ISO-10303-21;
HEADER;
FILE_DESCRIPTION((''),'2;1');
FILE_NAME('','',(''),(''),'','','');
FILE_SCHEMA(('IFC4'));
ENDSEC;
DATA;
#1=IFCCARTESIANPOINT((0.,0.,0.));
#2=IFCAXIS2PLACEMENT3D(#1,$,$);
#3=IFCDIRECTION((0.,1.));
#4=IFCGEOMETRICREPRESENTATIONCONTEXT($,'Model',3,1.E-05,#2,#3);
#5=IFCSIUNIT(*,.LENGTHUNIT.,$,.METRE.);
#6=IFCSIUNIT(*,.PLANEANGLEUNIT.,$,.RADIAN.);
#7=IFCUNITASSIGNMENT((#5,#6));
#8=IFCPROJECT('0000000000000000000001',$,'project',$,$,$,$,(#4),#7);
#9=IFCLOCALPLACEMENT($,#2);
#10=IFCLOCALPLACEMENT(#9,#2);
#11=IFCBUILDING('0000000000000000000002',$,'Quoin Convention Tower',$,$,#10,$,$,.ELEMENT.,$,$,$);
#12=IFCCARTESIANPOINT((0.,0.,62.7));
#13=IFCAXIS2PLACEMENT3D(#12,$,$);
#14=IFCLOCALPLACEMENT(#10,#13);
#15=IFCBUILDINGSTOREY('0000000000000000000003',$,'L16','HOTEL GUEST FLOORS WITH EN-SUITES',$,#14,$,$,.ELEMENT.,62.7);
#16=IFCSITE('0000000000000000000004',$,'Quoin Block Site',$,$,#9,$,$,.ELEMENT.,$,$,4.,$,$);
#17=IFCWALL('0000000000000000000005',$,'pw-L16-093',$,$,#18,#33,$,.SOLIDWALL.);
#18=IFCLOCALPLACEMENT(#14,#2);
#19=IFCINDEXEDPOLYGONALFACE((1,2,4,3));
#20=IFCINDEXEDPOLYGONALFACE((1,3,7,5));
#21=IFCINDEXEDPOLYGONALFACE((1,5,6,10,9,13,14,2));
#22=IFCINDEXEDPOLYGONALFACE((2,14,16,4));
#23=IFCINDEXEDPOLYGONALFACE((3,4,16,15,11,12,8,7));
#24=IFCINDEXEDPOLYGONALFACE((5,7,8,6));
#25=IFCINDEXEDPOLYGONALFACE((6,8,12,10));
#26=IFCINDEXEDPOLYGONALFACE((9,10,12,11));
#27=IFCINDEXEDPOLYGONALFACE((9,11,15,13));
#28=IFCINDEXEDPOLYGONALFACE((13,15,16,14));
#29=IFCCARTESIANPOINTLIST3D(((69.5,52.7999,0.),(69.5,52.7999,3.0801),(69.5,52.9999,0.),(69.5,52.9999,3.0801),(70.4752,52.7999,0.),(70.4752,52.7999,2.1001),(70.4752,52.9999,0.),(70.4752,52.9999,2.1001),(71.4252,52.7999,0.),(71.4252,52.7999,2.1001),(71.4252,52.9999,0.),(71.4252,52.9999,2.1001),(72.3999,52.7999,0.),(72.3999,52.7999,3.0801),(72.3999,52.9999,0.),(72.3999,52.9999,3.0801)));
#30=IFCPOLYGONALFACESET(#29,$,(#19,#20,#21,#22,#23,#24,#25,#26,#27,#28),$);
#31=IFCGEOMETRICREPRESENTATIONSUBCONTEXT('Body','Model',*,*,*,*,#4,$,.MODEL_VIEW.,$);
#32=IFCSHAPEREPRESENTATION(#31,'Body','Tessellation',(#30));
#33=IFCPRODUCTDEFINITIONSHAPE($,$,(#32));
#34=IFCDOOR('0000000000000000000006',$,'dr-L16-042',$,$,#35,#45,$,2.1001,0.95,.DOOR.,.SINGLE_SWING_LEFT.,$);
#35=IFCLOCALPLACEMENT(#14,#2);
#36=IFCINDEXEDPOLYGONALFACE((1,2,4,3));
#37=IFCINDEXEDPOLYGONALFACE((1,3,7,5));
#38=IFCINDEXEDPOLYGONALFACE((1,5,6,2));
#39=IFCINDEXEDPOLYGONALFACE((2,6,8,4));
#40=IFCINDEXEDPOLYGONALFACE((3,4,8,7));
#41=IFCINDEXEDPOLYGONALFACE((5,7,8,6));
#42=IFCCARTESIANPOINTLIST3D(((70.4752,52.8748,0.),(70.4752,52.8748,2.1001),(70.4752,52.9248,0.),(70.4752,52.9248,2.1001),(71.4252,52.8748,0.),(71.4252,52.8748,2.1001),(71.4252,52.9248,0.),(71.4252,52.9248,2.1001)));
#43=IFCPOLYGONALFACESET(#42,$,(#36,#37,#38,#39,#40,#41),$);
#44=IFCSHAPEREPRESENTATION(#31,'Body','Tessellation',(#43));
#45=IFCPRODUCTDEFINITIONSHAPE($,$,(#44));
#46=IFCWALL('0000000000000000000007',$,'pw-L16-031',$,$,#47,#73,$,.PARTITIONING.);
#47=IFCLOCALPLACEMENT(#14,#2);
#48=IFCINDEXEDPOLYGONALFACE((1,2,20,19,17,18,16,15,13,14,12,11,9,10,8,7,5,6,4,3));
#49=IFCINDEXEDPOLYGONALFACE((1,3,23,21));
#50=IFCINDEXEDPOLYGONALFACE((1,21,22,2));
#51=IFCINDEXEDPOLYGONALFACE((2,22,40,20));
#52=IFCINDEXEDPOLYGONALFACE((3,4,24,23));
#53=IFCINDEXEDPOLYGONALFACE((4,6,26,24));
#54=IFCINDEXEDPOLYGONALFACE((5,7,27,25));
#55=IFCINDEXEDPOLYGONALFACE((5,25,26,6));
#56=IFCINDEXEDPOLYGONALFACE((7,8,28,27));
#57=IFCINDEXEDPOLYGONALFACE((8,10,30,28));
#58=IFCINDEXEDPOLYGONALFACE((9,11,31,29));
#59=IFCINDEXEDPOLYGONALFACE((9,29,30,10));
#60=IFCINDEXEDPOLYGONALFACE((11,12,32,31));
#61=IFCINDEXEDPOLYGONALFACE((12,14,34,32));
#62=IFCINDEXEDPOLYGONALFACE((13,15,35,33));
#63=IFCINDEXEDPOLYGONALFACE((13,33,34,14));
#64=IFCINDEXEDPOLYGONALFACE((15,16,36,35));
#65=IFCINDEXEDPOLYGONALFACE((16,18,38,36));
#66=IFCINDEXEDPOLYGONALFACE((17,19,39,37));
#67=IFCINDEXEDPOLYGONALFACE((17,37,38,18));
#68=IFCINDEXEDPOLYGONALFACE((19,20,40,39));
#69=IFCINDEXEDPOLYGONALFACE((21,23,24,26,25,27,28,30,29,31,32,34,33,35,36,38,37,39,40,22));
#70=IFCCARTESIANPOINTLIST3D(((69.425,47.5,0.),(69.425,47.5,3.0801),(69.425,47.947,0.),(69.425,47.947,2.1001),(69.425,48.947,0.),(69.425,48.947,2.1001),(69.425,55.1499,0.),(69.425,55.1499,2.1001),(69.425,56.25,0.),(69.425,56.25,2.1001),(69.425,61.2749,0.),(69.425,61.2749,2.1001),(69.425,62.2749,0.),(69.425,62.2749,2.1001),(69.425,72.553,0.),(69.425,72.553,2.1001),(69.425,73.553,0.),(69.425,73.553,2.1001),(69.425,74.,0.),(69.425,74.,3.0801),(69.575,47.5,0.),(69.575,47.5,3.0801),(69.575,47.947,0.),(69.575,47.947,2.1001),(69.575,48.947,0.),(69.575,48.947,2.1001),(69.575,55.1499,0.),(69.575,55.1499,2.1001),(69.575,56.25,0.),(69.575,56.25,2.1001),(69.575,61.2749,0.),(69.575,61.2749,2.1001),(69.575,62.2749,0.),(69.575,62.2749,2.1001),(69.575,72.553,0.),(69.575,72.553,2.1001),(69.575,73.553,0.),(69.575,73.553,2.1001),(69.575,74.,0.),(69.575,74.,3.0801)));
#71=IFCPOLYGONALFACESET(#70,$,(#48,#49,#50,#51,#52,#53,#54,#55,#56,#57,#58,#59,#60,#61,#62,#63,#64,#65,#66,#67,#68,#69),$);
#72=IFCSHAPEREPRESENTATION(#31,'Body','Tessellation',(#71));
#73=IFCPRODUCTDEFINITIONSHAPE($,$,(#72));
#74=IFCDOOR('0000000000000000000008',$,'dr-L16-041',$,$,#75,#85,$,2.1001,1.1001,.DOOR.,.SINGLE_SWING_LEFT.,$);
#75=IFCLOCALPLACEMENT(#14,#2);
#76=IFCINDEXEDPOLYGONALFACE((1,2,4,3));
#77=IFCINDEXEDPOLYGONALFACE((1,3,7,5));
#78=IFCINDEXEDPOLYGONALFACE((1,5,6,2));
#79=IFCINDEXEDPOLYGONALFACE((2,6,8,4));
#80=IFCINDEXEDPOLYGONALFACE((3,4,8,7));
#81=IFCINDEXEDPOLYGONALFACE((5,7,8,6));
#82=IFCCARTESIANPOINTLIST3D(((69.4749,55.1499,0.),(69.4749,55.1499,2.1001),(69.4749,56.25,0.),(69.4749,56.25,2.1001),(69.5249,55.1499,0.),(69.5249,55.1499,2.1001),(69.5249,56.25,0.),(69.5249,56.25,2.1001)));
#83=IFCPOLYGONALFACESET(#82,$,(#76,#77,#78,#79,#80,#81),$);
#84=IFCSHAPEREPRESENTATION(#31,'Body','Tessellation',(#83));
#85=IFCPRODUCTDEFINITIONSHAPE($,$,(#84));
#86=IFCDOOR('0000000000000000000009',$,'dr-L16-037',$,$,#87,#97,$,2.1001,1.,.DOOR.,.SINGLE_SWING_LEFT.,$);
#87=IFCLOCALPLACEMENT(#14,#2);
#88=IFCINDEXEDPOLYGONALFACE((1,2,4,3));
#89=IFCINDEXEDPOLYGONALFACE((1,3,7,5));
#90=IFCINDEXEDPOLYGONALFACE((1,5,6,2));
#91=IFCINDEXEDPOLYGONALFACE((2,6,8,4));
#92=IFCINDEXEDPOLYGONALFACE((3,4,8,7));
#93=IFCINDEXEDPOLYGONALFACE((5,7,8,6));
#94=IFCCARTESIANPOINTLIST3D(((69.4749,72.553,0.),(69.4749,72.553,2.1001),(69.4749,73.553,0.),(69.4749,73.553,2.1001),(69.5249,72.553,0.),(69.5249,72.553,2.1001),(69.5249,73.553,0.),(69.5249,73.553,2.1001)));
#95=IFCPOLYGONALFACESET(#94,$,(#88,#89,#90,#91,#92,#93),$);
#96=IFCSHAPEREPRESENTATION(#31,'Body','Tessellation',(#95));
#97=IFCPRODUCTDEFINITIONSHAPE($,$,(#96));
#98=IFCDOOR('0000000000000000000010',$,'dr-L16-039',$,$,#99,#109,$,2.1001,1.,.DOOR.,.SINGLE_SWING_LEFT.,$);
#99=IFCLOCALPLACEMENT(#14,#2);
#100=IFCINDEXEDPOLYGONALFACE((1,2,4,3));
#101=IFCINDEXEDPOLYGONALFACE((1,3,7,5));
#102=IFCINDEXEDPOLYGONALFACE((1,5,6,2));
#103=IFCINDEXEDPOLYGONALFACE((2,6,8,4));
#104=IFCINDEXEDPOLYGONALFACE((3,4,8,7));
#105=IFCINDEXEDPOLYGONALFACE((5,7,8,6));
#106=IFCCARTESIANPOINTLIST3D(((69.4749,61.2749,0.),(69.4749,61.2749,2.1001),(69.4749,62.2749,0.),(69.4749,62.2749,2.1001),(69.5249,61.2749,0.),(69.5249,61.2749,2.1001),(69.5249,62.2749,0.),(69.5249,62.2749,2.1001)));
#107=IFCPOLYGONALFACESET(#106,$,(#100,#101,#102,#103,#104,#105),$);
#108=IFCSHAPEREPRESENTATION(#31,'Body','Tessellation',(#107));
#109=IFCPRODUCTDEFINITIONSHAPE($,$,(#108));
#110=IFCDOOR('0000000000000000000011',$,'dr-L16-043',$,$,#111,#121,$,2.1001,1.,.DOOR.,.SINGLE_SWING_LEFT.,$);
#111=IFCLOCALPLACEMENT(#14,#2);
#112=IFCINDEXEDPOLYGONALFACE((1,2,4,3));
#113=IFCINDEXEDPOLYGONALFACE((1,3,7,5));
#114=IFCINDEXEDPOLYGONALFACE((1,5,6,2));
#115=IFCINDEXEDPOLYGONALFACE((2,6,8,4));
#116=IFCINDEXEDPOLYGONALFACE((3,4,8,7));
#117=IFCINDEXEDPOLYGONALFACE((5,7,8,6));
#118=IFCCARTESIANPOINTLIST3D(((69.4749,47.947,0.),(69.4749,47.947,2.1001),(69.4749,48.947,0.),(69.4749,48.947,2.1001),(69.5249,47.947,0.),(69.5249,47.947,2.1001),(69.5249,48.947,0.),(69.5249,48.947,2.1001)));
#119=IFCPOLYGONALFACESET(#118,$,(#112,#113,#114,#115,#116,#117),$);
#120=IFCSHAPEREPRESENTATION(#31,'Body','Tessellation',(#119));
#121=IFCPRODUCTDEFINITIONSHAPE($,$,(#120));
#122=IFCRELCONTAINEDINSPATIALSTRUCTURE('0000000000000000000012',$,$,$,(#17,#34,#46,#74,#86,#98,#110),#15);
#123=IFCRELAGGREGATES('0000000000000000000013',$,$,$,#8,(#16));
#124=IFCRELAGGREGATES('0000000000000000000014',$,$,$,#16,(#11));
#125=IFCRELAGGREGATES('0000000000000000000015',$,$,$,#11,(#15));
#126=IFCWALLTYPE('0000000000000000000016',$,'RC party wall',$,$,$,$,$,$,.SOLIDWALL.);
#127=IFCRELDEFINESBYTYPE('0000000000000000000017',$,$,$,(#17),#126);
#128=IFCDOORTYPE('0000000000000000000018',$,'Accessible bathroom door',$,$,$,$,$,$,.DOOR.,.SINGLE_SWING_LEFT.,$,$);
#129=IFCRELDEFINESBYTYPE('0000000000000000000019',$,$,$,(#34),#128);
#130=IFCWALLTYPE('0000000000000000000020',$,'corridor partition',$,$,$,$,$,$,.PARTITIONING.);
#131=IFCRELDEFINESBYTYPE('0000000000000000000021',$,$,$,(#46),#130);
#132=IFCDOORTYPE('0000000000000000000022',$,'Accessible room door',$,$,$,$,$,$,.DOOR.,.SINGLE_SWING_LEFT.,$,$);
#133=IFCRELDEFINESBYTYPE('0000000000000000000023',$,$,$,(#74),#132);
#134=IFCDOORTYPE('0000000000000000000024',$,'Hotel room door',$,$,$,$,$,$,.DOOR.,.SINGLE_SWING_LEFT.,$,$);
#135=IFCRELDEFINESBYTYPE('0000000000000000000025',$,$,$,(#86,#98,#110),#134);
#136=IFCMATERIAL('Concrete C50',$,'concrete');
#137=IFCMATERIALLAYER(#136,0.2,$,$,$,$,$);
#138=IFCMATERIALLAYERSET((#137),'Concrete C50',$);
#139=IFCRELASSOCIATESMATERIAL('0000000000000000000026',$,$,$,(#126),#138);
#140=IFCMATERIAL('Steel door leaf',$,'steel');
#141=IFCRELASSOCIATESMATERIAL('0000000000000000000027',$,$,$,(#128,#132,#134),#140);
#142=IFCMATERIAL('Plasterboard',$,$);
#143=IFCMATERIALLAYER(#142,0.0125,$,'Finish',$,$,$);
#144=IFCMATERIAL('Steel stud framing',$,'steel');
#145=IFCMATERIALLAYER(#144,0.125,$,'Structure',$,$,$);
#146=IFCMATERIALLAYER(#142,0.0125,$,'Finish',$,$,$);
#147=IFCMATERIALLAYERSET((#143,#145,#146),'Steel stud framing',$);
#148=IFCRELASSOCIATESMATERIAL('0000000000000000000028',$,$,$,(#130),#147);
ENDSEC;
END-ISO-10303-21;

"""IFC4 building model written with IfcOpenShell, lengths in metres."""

from ifc_helpers import new_model, si_unit, direction, frame, frame_2d, origin, place, context, subcontext, project, spatial, rectangle, extrude, material, layer, layer_set, type_object, element, fill, save


model = new_model("IFC4")

# Units and contexts
model_context = context("Model", 3, precision=1e-05, world=origin(), true_north=direction((0.0, 1.0)))
body_context = subcontext(model_context, "Body", "Model", "MODEL_VIEW")
ifc_project = project(units=[si_unit("LENGTHUNIT", "METRE"), si_unit("PLANEANGLEUNIT", "RADIAN")], contexts=[model_context])

# Site, building, storey
site_placement = place(None, origin())
site = spatial("IfcSite", under=ifc_project, at=site_placement, Name="Quoin Block Site", CompositionType="ELEMENT", RefElevation=4.0)
building_placement = place(site_placement, origin())
building = spatial("IfcBuilding", under=site, at=building_placement, Name="Quoin Convention Tower", CompositionType="ELEMENT")
storey_placement = place(building_placement, frame((0.0, 0.0, 62.7)))
storey = spatial("IfcBuildingStorey", under=building, at=storey_placement, Name="L16", Description="HOTEL GUEST FLOORS WITH EN-SUITES", CompositionType="ELEMENT", Elevation=62.7)

# Shared definitions
ifc_material_1 = material(Name="Plasterboard")
ifc_material_2 = material(Name="Steel stud framing", Category="steel")
ifc_material_3 = material(Name="Steel door leaf", Category="steel")

# Shared definitions
ifc_material_4 = material(Name="Concrete C50", Category="concrete")

# Shared definitions
ifc_layer_1 = layer(ifc_material_4, 0.2)
ifc_layer_set_1 = layer_set([ifc_layer_1], Name="Concrete C50")
wall_type_1 = type_object("IfcWallType", Name="RC party wall", PredefinedType="SOLIDWALL", material=ifc_layer_set_1)

# Wall, opening, door
wall_1_placement = place(storey_placement, frame((69.5, 52.8999, 0.0), z_axis=(0.0, 0.0, 1.0), x_axis=(1.0, 0.0, 0.0)))
wall_1 = element("IfcWall", 1, at=wall_1_placement, inside=storey, type_object=wall_type_1, Name="pw-L16-093", PredefinedType="SOLIDWALL", context=body_context, shape_type="SweptSolid", body=[
    extrude(rectangle(XDim=2.8999, YDim=0.2, at=frame_2d((1.45, 0.0))), origin(), (0.0, 0.0, 1.0), 3.0801),
])
opening_1_placement = place(wall_1_placement, frame((0.9751, 0.0, 0.0)))
opening_1 = element("IfcOpeningElement", 2, at=opening_1_placement, cuts=wall_1, PredefinedType="OPENING", context=body_context, shape_type="SweptSolid", body=[
    extrude(rectangle(XDim=0.95, YDim=2.1001, at=frame_2d((0.4751, 1.05))), frame((0.0, 0.1099, 0.0), z_axis=(0.0, -1.0, 0.0), x_axis=(1.0, 0.0, 0.0)), (0.0, 0.0, 1.0), 0.22),
])
door_type_1 = type_object("IfcDoorType", Name="Accessible bathroom door", OperationType="SINGLE_SWING_LEFT", PredefinedType="DOOR", material=ifc_material_3)
door_1_placement = place(opening_1_placement, origin())
door_1 = element("IfcDoor", 3, at=door_1_placement, inside=storey, type_object=door_type_1, Name="dr-L16-042", OperationType="SINGLE_SWING_LEFT", OverallHeight=2.1001, OverallWidth=0.95, PredefinedType="DOOR", context=body_context, shape_type="SweptSolid", body=[
    extrude(rectangle(XDim=0.95, YDim=2.1001, at=frame_2d((0.4751, 1.05))), frame((0.0, 0.0249, 0.0), z_axis=(0.0, -1.0, 0.0), x_axis=(1.0, 0.0, 0.0)), (0.0, 0.0, 1.0), 0.05),
])
fill(opening_1, door_1)

# Wall, openings, doors
ifc_layer_2 = layer(ifc_material_1, 0.0125, Name="Finish")
ifc_layer_3 = layer(ifc_material_2, 0.125, Name="Structure")
ifc_layer_4 = layer(ifc_material_1, 0.0125, Name="Finish")
ifc_layer_set_2 = layer_set([ifc_layer_2, ifc_layer_3, ifc_layer_4], Name="Steel stud framing")
wall_type_2 = type_object("IfcWallType", Name="corridor partition", PredefinedType="PARTITIONING", material=ifc_layer_set_2)
wall_2_placement = place(storey_placement, frame((69.5, 47.5, 0.0), z_axis=(0.0, 0.0, 1.0), x_axis=(0.0, 1.0, 0.0)))
wall_2 = element("IfcWall", 4, at=wall_2_placement, inside=storey, type_object=wall_type_2, Name="pw-L16-031", PredefinedType="PARTITIONING", context=body_context, shape_type="SweptSolid", body=[
    extrude(rectangle(XDim=26.5, YDim=0.1499, at=frame_2d((13.25, 0.0))), origin(), (0.0, 0.0, 1.0), 3.0801),
])
opening_2_placement = place(wall_2_placement, frame((25.053, 0.0, 0.0)))
opening_2 = element("IfcOpeningElement", 5, at=opening_2_placement, cuts=wall_2, PredefinedType="OPENING", context=body_context, shape_type="SweptSolid", body=[
    extrude(rectangle(XDim=1.0, YDim=2.1001, at=frame_2d((0.5, 1.05))), frame((0.0, 0.085, 0.0), z_axis=(0.0, -1.0, 0.0), x_axis=(1.0, 0.0, 0.0)), (0.0, 0.0, 1.0), 0.1699),
])
opening_3_placement = place(wall_2_placement, frame((13.7749, 0.0, 0.0)))
opening_3 = element("IfcOpeningElement", 6, at=opening_3_placement, cuts=wall_2, PredefinedType="OPENING", context=body_context, shape_type="SweptSolid", body=[
    extrude(rectangle(XDim=1.0, YDim=2.1001, at=frame_2d((0.5, 1.05))), frame((0.0, 0.085, 0.0), z_axis=(0.0, -1.0, 0.0), x_axis=(1.0, 0.0, 0.0)), (0.0, 0.0, 1.0), 0.1699),
])
opening_4_placement = place(wall_2_placement, frame((7.6499, 0.0, 0.0)))
opening_4 = element("IfcOpeningElement", 7, at=opening_4_placement, cuts=wall_2, PredefinedType="OPENING", context=body_context, shape_type="SweptSolid", body=[
    extrude(rectangle(XDim=1.1001, YDim=2.1001, at=frame_2d((0.55, 1.05))), frame((0.0, 0.085, 0.0), z_axis=(0.0, -1.0, 0.0), x_axis=(1.0, 0.0, 0.0)), (0.0, 0.0, 1.0), 0.1699),
])
opening_5_placement = place(wall_2_placement, frame((0.447, 0.0, 0.0)))
opening_5 = element("IfcOpeningElement", 8, at=opening_5_placement, cuts=wall_2, PredefinedType="OPENING", context=body_context, shape_type="SweptSolid", body=[
    extrude(rectangle(XDim=1.0, YDim=2.1001, at=frame_2d((0.5, 1.05))), frame((0.0, 0.085, 0.0), z_axis=(0.0, -1.0, 0.0), x_axis=(1.0, 0.0, 0.0)), (0.0, 0.0, 1.0), 0.1699),
])
door_type_2 = type_object("IfcDoorType", Name="Accessible room door", OperationType="SINGLE_SWING_LEFT", PredefinedType="DOOR", material=ifc_material_3)
door_2_placement = place(opening_4_placement, frame((1.1001, 0.0, 0.0), z_axis=(0.0, 0.0, 1.0), x_axis=(-1.0, 0.0, 0.0)))
door_2 = element("IfcDoor", 9, at=door_2_placement, inside=storey, type_object=door_type_2, Name="dr-L16-041", OperationType="SINGLE_SWING_LEFT", OverallHeight=2.1001, OverallWidth=1.1001, PredefinedType="DOOR", context=body_context, shape_type="SweptSolid", body=[
    extrude(rectangle(XDim=1.1001, YDim=2.1001, at=frame_2d((0.55, 1.05))), frame((0.0, 0.0249, 0.0), z_axis=(0.0, -1.0, 0.0), x_axis=(1.0, 0.0, 0.0)), (0.0, 0.0, 1.0), 0.05),
])
fill(opening_4, door_2)
door_type_3 = type_object("IfcDoorType", Name="Hotel room door", OperationType="SINGLE_SWING_LEFT", PredefinedType="DOOR", material=ifc_material_3)
door_3_placement = place(opening_2_placement, frame((1.0, 0.0, 0.0), z_axis=(0.0, 0.0, 1.0), x_axis=(-1.0, 0.0, 0.0)))
door_3 = element("IfcDoor", 10, at=door_3_placement, inside=storey, type_object=door_type_3, Name="dr-L16-037", OperationType="SINGLE_SWING_LEFT", OverallHeight=2.1001, OverallWidth=1.0, PredefinedType="DOOR", context=body_context, shape_type="SweptSolid", body=[
    extrude(rectangle(XDim=1.0, YDim=2.1001, at=frame_2d((0.5, 1.05))), frame((0.0, 0.0249, 0.0), z_axis=(0.0, -1.0, 0.0), x_axis=(1.0, 0.0, 0.0)), (0.0, 0.0, 1.0), 0.05),
])
fill(opening_2, door_3)
door_4_placement = place(opening_3_placement, frame((1.0, 0.0, 0.0), z_axis=(0.0, 0.0, 1.0), x_axis=(-1.0, 0.0, 0.0)))
door_4 = element("IfcDoor", 11, at=door_4_placement, inside=storey, type_object=door_type_3, Name="dr-L16-039", OperationType="SINGLE_SWING_LEFT", OverallHeight=2.1001, OverallWidth=1.0, PredefinedType="DOOR", context=body_context, shape_type="SweptSolid", body=[
    extrude(rectangle(XDim=1.0, YDim=2.1001, at=frame_2d((0.5, 1.05))), frame((0.0, 0.0249, 0.0), z_axis=(0.0, -1.0, 0.0), x_axis=(1.0, 0.0, 0.0)), (0.0, 0.0, 1.0), 0.05),
])
fill(opening_3, door_4)
door_5_placement = place(opening_5_placement, frame((1.0, 0.0, 0.0), z_axis=(0.0, 0.0, 1.0), x_axis=(-1.0, 0.0, 0.0)))
door_5 = element("IfcDoor", 12, at=door_5_placement, inside=storey, type_object=door_type_3, Name="dr-L16-043", OperationType="SINGLE_SWING_LEFT", OverallHeight=2.1001, OverallWidth=1.0, PredefinedType="DOOR", context=body_context, shape_type="SweptSolid", body=[
    extrude(rectangle(XDim=1.0, YDim=2.1001, at=frame_2d((0.5, 1.05))), frame((0.0, 0.0249, 0.0), z_axis=(0.0, -1.0, 0.0), x_axis=(1.0, 0.0, 0.0)), (0.0, 0.0, 1.0), 0.05),
])
fill(opening_5, door_5)

save(model, "model.ifc")
